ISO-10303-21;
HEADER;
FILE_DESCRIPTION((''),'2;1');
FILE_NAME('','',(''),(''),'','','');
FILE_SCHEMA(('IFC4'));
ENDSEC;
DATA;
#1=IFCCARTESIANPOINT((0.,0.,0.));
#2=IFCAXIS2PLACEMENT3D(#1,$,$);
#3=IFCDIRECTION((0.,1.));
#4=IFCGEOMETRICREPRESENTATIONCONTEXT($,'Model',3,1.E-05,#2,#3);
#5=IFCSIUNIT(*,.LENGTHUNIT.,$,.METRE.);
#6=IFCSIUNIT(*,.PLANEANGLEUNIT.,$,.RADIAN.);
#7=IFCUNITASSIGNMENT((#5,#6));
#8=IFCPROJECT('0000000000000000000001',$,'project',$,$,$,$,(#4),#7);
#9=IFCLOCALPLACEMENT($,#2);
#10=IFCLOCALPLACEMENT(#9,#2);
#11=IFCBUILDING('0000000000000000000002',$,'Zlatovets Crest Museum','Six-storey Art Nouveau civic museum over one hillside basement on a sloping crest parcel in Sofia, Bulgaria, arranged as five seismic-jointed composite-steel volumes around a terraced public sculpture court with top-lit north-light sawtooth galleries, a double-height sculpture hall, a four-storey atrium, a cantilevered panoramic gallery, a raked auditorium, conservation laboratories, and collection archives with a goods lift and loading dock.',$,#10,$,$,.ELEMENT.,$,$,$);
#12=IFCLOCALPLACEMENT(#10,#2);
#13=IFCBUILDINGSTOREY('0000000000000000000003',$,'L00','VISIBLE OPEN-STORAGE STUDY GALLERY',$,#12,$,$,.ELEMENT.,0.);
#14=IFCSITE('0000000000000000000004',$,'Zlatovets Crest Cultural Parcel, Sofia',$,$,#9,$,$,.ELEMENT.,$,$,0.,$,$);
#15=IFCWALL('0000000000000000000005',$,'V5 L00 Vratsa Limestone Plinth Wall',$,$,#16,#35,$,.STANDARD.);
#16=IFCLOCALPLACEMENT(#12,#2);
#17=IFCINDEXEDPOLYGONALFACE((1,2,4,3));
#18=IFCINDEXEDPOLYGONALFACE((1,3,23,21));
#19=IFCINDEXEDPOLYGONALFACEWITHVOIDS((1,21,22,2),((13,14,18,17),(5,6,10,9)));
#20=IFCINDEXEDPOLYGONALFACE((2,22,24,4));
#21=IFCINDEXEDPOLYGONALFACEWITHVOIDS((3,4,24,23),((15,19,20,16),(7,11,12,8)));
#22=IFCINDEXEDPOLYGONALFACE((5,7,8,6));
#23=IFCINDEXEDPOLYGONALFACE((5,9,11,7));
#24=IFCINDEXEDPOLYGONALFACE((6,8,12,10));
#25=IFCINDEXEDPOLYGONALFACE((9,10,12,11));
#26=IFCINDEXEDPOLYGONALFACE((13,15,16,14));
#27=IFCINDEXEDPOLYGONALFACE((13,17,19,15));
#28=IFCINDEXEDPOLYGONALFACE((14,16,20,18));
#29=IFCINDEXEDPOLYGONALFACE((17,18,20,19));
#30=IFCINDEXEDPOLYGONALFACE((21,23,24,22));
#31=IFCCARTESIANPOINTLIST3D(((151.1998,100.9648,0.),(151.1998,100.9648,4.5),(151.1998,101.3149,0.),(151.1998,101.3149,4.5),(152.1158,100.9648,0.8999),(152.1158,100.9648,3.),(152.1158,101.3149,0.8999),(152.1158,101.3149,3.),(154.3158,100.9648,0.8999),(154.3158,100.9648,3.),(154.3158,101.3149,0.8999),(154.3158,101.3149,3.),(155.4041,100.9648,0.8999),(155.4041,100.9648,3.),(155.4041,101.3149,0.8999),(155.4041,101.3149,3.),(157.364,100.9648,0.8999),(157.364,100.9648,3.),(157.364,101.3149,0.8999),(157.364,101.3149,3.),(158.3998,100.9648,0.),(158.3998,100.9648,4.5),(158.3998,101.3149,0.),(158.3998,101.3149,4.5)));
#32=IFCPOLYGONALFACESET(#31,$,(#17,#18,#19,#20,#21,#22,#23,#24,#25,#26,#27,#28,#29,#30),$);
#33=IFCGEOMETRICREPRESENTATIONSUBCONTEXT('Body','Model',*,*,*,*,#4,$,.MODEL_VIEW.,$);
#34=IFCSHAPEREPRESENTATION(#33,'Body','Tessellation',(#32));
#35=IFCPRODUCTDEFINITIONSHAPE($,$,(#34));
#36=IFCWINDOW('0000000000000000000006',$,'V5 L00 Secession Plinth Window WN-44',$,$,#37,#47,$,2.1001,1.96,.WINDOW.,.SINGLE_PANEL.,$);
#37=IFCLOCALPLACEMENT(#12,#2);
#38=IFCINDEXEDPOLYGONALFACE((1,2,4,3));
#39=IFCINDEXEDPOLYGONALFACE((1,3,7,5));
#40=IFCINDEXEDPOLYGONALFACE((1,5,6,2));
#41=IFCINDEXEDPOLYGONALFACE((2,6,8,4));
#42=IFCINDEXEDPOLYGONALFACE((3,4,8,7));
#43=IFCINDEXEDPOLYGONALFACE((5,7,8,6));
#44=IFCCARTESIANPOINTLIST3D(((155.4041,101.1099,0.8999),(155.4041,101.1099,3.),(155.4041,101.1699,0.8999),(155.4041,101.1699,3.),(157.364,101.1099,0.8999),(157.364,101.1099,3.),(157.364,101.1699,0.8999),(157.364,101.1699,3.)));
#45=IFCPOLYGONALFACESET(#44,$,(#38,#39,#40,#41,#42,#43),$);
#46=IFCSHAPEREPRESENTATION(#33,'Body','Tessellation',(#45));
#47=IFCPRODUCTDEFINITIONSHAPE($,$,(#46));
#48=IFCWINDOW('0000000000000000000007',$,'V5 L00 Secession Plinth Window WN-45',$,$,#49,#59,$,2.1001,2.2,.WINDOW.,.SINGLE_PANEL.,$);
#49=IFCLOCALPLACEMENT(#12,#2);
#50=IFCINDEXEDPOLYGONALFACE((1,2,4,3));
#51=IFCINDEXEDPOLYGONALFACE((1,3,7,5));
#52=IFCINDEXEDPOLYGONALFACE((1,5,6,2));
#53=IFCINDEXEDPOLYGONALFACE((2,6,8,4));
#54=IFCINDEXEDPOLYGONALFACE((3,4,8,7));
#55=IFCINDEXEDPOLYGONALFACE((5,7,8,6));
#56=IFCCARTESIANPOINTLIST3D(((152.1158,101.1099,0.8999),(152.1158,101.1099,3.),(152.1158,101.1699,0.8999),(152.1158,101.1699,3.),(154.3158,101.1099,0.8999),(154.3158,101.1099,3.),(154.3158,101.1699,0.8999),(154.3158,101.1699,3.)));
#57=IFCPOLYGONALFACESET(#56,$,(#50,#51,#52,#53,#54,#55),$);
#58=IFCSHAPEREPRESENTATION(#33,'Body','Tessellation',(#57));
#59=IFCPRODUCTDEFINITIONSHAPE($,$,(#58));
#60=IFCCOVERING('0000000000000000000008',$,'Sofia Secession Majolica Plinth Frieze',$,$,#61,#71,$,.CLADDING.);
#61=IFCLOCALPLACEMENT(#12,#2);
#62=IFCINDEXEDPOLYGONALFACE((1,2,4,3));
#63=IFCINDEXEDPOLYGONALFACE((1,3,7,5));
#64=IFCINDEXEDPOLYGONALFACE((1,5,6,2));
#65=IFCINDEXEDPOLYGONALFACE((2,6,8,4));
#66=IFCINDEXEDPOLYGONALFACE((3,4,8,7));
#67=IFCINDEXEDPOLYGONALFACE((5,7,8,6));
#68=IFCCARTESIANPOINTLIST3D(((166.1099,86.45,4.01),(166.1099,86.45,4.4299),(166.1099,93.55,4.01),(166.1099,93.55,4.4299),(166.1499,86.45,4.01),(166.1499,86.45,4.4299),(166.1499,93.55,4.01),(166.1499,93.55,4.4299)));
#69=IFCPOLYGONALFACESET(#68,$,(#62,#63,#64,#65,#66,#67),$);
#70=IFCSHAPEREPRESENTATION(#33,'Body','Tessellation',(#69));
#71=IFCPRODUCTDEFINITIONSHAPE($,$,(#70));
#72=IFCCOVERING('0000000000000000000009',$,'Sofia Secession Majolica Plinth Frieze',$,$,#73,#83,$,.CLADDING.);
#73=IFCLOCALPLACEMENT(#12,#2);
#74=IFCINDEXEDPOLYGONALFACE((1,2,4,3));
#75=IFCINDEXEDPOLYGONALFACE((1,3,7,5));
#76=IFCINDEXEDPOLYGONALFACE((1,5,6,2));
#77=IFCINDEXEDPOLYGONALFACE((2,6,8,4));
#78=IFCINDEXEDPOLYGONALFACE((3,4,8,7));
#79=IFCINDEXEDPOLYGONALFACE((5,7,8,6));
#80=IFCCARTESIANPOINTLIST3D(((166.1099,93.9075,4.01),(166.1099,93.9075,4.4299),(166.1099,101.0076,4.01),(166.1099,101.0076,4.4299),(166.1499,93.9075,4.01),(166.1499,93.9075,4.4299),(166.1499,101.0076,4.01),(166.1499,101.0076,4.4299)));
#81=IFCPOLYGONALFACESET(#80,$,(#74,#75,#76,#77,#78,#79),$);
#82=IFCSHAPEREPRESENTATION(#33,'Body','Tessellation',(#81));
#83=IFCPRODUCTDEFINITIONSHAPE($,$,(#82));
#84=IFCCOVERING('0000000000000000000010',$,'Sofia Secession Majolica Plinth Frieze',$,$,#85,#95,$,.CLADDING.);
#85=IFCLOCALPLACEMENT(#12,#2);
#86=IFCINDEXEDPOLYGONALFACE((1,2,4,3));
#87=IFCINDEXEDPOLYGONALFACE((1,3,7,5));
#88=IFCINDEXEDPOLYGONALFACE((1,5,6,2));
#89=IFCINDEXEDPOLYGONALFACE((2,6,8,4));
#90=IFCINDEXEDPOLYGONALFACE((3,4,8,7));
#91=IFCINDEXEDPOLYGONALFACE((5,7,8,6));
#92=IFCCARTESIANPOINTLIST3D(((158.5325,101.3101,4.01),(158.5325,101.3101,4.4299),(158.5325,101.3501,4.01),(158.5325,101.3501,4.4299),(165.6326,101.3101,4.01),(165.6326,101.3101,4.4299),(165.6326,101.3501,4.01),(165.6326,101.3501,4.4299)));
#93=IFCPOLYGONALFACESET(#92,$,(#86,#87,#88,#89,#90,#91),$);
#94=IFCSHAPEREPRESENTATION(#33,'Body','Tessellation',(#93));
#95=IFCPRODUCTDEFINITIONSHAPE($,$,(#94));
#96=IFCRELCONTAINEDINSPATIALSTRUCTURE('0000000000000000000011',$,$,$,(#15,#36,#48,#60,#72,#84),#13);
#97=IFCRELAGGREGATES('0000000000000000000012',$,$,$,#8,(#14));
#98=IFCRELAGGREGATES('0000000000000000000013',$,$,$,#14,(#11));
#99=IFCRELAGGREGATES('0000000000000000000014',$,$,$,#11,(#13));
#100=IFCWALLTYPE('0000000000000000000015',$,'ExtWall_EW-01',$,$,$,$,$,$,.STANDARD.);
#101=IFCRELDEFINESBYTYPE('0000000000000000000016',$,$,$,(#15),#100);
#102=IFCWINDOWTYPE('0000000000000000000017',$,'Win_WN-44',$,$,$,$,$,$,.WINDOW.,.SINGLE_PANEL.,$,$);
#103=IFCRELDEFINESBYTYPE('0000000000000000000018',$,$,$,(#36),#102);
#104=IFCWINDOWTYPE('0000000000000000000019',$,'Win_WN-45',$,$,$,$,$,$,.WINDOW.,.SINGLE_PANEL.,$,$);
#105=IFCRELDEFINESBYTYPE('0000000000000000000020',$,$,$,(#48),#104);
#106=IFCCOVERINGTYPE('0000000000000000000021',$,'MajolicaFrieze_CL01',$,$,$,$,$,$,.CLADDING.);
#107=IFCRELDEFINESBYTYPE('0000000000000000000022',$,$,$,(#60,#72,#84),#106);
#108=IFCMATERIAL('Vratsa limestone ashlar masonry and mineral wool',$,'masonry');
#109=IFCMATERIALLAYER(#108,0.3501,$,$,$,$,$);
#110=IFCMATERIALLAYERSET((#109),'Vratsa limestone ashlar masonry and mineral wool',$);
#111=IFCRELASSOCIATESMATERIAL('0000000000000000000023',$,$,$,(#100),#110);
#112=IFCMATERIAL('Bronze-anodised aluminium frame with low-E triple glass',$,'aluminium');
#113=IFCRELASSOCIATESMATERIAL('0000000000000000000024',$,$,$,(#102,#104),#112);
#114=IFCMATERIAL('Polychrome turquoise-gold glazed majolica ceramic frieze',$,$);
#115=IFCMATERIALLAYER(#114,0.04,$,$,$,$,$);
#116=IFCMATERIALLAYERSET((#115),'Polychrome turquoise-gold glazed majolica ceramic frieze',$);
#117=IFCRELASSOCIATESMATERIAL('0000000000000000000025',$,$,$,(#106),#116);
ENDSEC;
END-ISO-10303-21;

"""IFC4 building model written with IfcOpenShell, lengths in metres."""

from ifc_helpers import new_model, si_unit, direction, frame, frame_2d, origin, origin_2d, place, context, subcontext, project, spatial, rectangle, extrude, material, layer, layer_set, type_object, element, fill, save


model = new_model("IFC4")

# Units and contexts
model_context = context("Model", 3, precision=1e-05, world=origin(), true_north=direction((0.0, 1.0)))
body_context = subcontext(model_context, "Body", "Model", "MODEL_VIEW")
ifc_project = project(units=[si_unit("LENGTHUNIT", "METRE"), si_unit("PLANEANGLEUNIT", "RADIAN")], contexts=[model_context])

# Site, building, storey
site_placement = place(None, origin())
site = spatial("IfcSite", under=ifc_project, at=site_placement, Name="Zlatovets Crest Cultural Parcel, Sofia", CompositionType="ELEMENT", RefElevation=0.0)
building_placement = place(site_placement, origin())
building = spatial("IfcBuilding", under=site, at=building_placement, Name="Zlatovets Crest Museum", Description="Six-storey Art Nouveau civic museum over one hillside basement on a sloping crest parcel in Sofia, Bulgaria, arranged as five seismic-jointed composite-steel volumes around a terraced public sculpture court with top-lit north-light sawtooth galleries, a double-height sculpture hall, a four-storey atrium, a cantilevered panoramic gallery, a raked auditorium, conservation laboratories, and collection archives with a goods lift and loading dock.", CompositionType="ELEMENT")
storey_placement = place(building_placement, origin())
storey = spatial("IfcBuildingStorey", under=building, at=storey_placement, Name="L00", Description="VISIBLE OPEN-STORAGE STUDY GALLERY", CompositionType="ELEMENT", Elevation=0.0)

# Wall, openings, windows
ifc_material_1 = material(Name="Vratsa limestone ashlar masonry and mineral wool", Category="masonry")
ifc_layer_1 = layer(ifc_material_1, 0.3501)
ifc_layer_set_1 = layer_set([ifc_layer_1], Name="Vratsa limestone ashlar masonry and mineral wool")
wall_type = type_object("IfcWallType", Name="ExtWall_EW-01", PredefinedType="STANDARD", material=ifc_layer_set_1)
ifc_material_2 = material(Name="Bronze-anodised aluminium frame with low-E triple glass", Category="aluminium")
wall_1_placement = place(storey_placement, frame((158.3999, 101.1399, 0.0), z_axis=(0.0, 0.0, 1.0), x_axis=(-1.0, 0.0, 0.0)))
wall_1 = element("IfcWall", 1, at=wall_1_placement, inside=storey, type_object=wall_type, Name="V5 L00 Vratsa Limestone Plinth Wall", PredefinedType="STANDARD", context=body_context, shape_type="SweptSolid", body=[
    extrude(rectangle(XDim=7.2, YDim=0.3501, at=frame_2d((3.6001, 0.0))), origin(), (0.0, 0.0, 1.0), 4.5),
])
opening_1_placement = place(wall_1_placement, frame((1.0359, 0.0, 0.8999)))
opening_1 = element("IfcOpeningElement", 2, at=opening_1_placement, cuts=wall_1, PredefinedType="OPENING", context=body_context, shape_type="SweptSolid", body=[
    extrude(rectangle(XDim=1.96, YDim=2.1001, at=frame_2d((0.98, 1.05))), frame((0.0, 0.1851, 0.0), z_axis=(0.0, -1.0, 0.0), x_axis=(1.0, 0.0, 0.0)), (0.0, 0.0, 1.0), 0.3701),
])
opening_2_placement = place(wall_1_placement, frame((4.084, 0.0, 0.8999)))
opening_2 = element("IfcOpeningElement", 3, at=opening_2_placement, cuts=wall_1, PredefinedType="OPENING", context=body_context, shape_type="SweptSolid", body=[
    extrude(rectangle(XDim=2.2, YDim=2.1001, at=frame_2d((1.1001, 1.05))), frame((0.0, 0.1851, 0.0), z_axis=(0.0, -1.0, 0.0), x_axis=(1.0, 0.0, 0.0)), (0.0, 0.0, 1.0), 0.3701),
])
window_type_1 = type_object("IfcWindowType", Name="Win_WN-44", PartitioningType="SINGLE_PANEL", PredefinedType="WINDOW", material=ifc_material_2)
window_1_placement = place(opening_1_placement, origin())
window_1 = element("IfcWindow", 4, at=window_1_placement, inside=storey, type_object=window_type_1, Name="V5 L00 Secession Plinth Window WN-44", OverallHeight=2.1001, OverallWidth=1.96, PartitioningType="SINGLE_PANEL", PredefinedType="WINDOW", context=body_context, shape_type="SweptSolid", body=[
    extrude(rectangle(XDim=1.96, YDim=2.1001, at=frame_2d((0.98, 1.05))), frame((0.0, 0.03, 0.0), z_axis=(0.0, -1.0, 0.0), x_axis=(1.0, 0.0, 0.0)), (0.0, 0.0, 1.0), 0.0601),
])
fill(opening_1, window_1)
window_type_2 = type_object("IfcWindowType", Name="Win_WN-45", PartitioningType="SINGLE_PANEL", PredefinedType="WINDOW", material=ifc_material_2)
window_2_placement = place(opening_2_placement, origin())
window_2 = element("IfcWindow", 5, at=window_2_placement, inside=storey, type_object=window_type_2, Name="V5 L00 Secession Plinth Window WN-45", OverallHeight=2.1001, OverallWidth=2.2, PartitioningType="SINGLE_PANEL", PredefinedType="WINDOW", context=body_context, shape_type="SweptSolid", body=[
    extrude(rectangle(XDim=2.2, YDim=2.1001, at=frame_2d((1.1001, 1.05))), frame((0.0, 0.03, 0.0), z_axis=(0.0, -1.0, 0.0), x_axis=(1.0, 0.0, 0.0)), (0.0, 0.0, 1.0), 0.0601),
])
fill(opening_2, window_2)

# Coverings
ifc_material_3 = material(Name="Polychrome turquoise-gold glazed majolica ceramic frieze")
ifc_layer_2 = layer(ifc_material_3, 0.04)
ifc_layer_set_2 = layer_set([ifc_layer_2], Name="Polychrome turquoise-gold glazed majolica ceramic frieze")
covering_type = type_object("IfcCoveringType", Name="MajolicaFrieze_CL01", PredefinedType="CLADDING", material=ifc_layer_set_2)
for number, where, z_axis, x_axis, name in (
    (6, (166.1299, 90.0, 4.01), (0.0, 0.0, 1.0), (0.0, 1.0, 0.0), "Sofia Secession Majolica Plinth Frieze"),
    (7, (166.1299, 97.4575, 4.01), (0.0, 0.0, 1.0), (0.0, 1.0, 0.0), "Sofia Secession Majolica Plinth Frieze"),
    (8, (162.0825, 101.3301, 4.01), (0.0, 0.0, 1.0), (1.0, 0.0, 0.0), "Sofia Secession Majolica Plinth Frieze"),
):
    element("IfcCovering", number, at=place(storey_placement, frame(where, z_axis=z_axis, x_axis=x_axis)), inside=storey, type_object=covering_type, Name=name, PredefinedType="CLADDING", context=body_context, shape_type="SweptSolid", body=[
        extrude(rectangle(XDim=7.1001, YDim=0.04, at=origin_2d()), origin(), (0.0, 0.0, 1.0), 0.4199),
    ])

save(model, "model.ifc")
